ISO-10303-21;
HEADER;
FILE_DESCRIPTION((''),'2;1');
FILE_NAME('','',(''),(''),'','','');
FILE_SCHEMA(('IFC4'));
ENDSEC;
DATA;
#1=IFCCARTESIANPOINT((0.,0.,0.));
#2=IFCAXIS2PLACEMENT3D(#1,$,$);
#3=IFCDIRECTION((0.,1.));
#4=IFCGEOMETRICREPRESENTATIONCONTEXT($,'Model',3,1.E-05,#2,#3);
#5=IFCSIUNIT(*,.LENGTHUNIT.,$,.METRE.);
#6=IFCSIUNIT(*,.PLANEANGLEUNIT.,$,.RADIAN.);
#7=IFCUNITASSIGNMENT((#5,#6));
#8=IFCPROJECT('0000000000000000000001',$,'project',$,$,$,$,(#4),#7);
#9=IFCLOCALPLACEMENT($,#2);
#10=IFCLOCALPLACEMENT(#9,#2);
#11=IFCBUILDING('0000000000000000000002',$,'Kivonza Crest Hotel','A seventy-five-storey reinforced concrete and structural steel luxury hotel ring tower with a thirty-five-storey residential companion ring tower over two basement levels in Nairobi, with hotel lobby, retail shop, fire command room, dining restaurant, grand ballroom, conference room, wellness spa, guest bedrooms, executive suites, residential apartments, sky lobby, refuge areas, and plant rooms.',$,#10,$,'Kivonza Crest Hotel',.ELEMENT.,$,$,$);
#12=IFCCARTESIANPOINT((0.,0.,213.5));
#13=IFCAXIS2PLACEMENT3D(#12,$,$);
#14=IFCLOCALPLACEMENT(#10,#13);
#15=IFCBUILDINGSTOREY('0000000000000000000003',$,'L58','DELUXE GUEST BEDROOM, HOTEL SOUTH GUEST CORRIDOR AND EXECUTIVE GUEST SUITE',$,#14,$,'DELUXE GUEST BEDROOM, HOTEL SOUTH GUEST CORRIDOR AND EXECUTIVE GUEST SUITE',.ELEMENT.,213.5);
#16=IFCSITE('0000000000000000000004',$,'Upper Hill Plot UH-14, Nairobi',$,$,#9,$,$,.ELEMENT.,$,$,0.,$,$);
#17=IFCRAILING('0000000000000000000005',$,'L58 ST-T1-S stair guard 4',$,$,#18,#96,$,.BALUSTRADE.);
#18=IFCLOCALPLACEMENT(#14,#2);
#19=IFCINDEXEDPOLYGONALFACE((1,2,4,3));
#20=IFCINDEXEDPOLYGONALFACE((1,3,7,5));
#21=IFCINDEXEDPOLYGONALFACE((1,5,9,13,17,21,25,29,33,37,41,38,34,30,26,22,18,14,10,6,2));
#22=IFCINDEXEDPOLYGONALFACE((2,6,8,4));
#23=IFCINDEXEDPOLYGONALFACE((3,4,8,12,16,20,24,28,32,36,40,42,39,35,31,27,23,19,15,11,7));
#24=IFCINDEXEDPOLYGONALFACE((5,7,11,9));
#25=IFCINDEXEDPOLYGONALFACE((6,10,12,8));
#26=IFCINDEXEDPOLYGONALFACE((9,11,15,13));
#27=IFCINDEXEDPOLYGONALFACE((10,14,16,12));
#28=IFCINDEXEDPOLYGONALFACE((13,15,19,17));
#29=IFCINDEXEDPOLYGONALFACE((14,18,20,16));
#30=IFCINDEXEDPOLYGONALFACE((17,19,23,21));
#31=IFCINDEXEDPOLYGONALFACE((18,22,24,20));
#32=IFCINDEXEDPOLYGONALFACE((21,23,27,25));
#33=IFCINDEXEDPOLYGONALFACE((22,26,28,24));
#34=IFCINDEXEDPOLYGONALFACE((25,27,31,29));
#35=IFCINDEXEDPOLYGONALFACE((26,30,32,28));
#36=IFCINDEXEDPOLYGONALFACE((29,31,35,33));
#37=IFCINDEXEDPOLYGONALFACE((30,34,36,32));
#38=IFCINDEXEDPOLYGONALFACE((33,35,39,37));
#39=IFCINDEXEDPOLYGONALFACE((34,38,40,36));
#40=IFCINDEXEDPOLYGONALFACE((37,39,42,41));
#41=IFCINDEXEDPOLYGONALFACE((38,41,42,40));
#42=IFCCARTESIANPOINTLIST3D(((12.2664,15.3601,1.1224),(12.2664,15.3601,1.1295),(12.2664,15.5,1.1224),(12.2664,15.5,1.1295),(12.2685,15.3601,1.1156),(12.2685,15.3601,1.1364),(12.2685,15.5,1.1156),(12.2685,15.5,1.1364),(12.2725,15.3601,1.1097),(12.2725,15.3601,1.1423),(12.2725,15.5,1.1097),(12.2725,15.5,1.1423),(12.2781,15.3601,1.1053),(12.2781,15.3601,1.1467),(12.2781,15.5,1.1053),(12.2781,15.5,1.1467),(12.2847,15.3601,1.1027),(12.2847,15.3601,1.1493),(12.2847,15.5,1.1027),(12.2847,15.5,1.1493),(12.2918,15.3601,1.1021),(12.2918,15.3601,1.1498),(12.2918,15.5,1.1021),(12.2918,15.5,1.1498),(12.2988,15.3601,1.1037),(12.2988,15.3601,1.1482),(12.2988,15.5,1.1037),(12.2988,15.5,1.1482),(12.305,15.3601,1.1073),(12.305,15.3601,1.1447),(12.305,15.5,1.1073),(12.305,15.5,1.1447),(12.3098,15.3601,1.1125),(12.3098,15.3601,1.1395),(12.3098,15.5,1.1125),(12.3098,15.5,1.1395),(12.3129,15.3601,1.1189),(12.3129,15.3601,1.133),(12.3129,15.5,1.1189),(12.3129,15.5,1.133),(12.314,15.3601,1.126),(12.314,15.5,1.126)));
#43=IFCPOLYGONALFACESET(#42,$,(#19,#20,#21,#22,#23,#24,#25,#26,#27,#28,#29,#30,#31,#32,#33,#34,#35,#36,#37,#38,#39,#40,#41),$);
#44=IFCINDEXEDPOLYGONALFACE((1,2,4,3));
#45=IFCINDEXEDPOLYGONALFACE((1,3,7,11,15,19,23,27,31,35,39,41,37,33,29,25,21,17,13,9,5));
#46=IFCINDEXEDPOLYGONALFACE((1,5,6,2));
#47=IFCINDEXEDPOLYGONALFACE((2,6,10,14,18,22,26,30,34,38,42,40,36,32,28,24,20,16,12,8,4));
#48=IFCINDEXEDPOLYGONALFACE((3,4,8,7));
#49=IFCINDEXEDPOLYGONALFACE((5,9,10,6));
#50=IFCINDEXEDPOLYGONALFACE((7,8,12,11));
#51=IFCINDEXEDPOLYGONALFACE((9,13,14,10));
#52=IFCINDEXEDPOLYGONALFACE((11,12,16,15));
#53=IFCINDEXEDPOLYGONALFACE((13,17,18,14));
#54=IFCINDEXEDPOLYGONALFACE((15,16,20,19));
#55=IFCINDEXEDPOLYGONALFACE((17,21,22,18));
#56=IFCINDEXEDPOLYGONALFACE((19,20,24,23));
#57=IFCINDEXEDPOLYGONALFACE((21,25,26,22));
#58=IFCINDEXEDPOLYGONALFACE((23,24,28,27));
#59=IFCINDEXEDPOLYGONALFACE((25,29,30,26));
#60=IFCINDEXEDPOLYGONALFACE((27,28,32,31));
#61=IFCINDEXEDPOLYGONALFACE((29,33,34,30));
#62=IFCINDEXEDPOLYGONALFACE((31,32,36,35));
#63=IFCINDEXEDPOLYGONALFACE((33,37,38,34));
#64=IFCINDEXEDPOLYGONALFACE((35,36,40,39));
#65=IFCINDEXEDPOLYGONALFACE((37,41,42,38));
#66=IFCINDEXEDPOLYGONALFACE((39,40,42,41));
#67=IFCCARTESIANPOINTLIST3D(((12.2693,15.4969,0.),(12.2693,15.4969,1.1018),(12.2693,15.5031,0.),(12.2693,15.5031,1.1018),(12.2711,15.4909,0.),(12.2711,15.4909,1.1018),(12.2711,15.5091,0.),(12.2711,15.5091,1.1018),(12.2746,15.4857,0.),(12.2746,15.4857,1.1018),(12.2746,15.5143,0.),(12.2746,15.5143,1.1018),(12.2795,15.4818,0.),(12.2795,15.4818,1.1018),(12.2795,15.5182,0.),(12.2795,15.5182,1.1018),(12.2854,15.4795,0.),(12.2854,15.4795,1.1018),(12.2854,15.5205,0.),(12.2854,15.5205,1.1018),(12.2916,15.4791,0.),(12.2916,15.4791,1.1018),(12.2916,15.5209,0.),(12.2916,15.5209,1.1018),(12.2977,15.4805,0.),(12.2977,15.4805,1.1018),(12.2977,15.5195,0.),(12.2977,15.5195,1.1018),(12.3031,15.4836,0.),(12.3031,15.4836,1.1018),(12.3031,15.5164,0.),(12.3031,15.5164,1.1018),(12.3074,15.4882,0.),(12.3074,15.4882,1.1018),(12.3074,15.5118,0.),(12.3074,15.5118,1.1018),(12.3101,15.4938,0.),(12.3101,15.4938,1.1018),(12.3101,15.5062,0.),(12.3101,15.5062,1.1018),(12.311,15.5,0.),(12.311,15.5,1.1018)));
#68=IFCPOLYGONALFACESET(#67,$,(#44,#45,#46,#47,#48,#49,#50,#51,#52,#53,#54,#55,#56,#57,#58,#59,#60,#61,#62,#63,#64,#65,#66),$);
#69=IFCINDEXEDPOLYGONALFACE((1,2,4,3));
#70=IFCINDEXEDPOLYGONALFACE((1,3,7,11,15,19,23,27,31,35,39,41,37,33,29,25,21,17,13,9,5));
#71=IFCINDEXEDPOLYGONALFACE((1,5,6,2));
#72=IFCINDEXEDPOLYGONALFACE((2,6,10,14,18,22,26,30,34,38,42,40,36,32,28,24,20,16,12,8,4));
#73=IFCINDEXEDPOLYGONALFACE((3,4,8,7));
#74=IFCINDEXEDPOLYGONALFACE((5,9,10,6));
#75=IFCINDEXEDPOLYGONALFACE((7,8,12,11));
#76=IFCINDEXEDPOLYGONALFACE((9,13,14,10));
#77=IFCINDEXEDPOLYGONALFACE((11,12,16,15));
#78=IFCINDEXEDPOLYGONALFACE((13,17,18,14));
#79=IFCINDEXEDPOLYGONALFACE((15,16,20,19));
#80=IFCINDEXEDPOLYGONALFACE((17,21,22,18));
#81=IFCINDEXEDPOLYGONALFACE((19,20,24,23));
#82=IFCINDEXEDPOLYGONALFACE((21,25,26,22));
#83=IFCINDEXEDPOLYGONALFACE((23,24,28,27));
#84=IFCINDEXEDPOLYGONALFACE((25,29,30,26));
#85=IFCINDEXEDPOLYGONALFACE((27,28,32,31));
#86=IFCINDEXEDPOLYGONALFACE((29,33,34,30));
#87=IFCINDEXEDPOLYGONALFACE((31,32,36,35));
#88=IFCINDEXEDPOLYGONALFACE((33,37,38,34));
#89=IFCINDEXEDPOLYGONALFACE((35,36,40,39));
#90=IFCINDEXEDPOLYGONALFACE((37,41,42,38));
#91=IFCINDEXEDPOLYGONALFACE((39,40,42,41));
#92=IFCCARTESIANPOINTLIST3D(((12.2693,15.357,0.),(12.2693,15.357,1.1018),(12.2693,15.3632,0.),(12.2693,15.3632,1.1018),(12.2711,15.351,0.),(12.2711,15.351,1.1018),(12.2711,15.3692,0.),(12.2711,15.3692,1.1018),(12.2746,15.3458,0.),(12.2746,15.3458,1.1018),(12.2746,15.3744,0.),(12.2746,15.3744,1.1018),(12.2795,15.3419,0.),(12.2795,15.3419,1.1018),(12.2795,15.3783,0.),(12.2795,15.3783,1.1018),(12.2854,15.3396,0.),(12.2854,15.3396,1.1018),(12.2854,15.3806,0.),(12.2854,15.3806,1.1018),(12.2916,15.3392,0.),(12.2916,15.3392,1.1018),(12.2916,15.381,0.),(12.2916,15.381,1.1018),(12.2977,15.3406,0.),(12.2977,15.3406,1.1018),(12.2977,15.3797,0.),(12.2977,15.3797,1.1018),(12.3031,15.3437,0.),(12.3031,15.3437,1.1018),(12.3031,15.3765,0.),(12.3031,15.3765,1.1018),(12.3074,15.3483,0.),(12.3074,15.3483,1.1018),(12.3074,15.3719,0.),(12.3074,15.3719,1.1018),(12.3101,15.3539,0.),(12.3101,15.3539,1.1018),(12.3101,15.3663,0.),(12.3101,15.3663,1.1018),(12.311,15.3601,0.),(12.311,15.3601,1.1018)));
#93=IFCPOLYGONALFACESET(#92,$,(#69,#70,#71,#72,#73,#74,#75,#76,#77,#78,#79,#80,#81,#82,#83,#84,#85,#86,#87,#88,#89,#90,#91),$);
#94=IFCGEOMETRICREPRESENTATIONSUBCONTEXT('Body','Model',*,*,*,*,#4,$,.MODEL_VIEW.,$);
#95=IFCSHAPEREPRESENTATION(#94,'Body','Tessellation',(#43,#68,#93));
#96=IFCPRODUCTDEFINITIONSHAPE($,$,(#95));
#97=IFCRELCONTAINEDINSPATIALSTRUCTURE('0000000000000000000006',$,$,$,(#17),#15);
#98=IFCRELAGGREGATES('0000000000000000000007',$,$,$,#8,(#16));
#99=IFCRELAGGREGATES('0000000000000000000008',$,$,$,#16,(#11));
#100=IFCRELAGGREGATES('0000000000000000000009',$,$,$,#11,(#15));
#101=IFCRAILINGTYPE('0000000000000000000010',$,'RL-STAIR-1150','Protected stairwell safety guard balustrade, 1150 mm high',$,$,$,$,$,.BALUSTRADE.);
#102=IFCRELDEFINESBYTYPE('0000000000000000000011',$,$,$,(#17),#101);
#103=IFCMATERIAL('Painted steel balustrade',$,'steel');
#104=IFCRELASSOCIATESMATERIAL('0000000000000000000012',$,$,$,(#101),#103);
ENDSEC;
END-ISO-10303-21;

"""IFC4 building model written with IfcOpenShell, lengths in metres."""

from ifc_helpers import new_model, si_unit, direction, frame, origin, origin_2d, place, context, subcontext, project, spatial, circle, extrude, material, type_object, element, save


model = new_model("IFC4")

# Units and contexts
model_context = context("Model", 3, precision=1e-05, world=origin(), true_north=direction((0.0, 1.0)))
body_context = subcontext(model_context, "Body", "Model", "MODEL_VIEW")
ifc_project = project(units=[si_unit("LENGTHUNIT", "METRE"), si_unit("PLANEANGLEUNIT", "RADIAN")], contexts=[model_context])

# Site, building, storey
site_placement = place(None, origin())
site = spatial("IfcSite", under=ifc_project, at=site_placement, Name="Upper Hill Plot UH-14, Nairobi", CompositionType="ELEMENT", RefElevation=0.0)
building_placement = place(site_placement, origin())
building = spatial("IfcBuilding", under=site, at=building_placement, Name="Kivonza Crest Hotel", Description="A seventy-five-storey reinforced concrete and structural steel luxury hotel ring tower with a thirty-five-storey residential companion ring tower over two basement levels in Nairobi, with hotel lobby, retail shop, fire command room, dining restaurant, grand ballroom, conference room, wellness spa, guest bedrooms, executive suites, residential apartments, sky lobby, refuge areas, and plant rooms.", LongName="Kivonza Crest Hotel", CompositionType="ELEMENT")
storey_placement = place(building_placement, frame((0.0, 0.0, 213.5)))
storey = spatial("IfcBuildingStorey", under=building, at=storey_placement, Name="L58", Description="DELUXE GUEST BEDROOM, HOTEL SOUTH GUEST CORRIDOR AND EXECUTIVE GUEST SUITE", LongName="DELUXE GUEST BEDROOM, HOTEL SOUTH GUEST CORRIDOR AND EXECUTIVE GUEST SUITE", CompositionType="ELEMENT", Elevation=213.5)

# Railing
ifc_material_1 = material(Name="Painted steel balustrade", Category="steel")
railing_type_1 = type_object("IfcRailingType", Name="RL-STAIR-1150", Description="Protected stairwell safety guard balustrade, 1150 mm high", PredefinedType="BALUSTRADE", material=ifc_material_1)
railing_1_placement = place(storey_placement, frame((12.29, 15.5, 0.0)))
element("IfcRailing", 1, at=railing_1_placement, inside=storey, type_object=railing_type_1, Name="L58 ST-T1-S stair guard 4", PredefinedType="BALUSTRADE", context=body_context, shape_type="SweptSolid", body=[
    extrude(circle(Radius=0.0239, at=origin_2d()), frame((0.0, 0.0, 1.126), z_axis=(0.0, -1.0, 0.0), x_axis=(1.0, 0.0, 0.0)), (0.0, 0.0, 1.0), 0.1399),
    extrude(circle(Radius=0.021, at=origin_2d()), origin(), (0.0, 0.0, 1.0), 1.1018),
    extrude(circle(Radius=0.021, at=origin_2d()), frame((0.0, -0.1399, 0.0)), (0.0, 0.0, 1.0), 1.1018),
])

save(model, "model.ifc")
